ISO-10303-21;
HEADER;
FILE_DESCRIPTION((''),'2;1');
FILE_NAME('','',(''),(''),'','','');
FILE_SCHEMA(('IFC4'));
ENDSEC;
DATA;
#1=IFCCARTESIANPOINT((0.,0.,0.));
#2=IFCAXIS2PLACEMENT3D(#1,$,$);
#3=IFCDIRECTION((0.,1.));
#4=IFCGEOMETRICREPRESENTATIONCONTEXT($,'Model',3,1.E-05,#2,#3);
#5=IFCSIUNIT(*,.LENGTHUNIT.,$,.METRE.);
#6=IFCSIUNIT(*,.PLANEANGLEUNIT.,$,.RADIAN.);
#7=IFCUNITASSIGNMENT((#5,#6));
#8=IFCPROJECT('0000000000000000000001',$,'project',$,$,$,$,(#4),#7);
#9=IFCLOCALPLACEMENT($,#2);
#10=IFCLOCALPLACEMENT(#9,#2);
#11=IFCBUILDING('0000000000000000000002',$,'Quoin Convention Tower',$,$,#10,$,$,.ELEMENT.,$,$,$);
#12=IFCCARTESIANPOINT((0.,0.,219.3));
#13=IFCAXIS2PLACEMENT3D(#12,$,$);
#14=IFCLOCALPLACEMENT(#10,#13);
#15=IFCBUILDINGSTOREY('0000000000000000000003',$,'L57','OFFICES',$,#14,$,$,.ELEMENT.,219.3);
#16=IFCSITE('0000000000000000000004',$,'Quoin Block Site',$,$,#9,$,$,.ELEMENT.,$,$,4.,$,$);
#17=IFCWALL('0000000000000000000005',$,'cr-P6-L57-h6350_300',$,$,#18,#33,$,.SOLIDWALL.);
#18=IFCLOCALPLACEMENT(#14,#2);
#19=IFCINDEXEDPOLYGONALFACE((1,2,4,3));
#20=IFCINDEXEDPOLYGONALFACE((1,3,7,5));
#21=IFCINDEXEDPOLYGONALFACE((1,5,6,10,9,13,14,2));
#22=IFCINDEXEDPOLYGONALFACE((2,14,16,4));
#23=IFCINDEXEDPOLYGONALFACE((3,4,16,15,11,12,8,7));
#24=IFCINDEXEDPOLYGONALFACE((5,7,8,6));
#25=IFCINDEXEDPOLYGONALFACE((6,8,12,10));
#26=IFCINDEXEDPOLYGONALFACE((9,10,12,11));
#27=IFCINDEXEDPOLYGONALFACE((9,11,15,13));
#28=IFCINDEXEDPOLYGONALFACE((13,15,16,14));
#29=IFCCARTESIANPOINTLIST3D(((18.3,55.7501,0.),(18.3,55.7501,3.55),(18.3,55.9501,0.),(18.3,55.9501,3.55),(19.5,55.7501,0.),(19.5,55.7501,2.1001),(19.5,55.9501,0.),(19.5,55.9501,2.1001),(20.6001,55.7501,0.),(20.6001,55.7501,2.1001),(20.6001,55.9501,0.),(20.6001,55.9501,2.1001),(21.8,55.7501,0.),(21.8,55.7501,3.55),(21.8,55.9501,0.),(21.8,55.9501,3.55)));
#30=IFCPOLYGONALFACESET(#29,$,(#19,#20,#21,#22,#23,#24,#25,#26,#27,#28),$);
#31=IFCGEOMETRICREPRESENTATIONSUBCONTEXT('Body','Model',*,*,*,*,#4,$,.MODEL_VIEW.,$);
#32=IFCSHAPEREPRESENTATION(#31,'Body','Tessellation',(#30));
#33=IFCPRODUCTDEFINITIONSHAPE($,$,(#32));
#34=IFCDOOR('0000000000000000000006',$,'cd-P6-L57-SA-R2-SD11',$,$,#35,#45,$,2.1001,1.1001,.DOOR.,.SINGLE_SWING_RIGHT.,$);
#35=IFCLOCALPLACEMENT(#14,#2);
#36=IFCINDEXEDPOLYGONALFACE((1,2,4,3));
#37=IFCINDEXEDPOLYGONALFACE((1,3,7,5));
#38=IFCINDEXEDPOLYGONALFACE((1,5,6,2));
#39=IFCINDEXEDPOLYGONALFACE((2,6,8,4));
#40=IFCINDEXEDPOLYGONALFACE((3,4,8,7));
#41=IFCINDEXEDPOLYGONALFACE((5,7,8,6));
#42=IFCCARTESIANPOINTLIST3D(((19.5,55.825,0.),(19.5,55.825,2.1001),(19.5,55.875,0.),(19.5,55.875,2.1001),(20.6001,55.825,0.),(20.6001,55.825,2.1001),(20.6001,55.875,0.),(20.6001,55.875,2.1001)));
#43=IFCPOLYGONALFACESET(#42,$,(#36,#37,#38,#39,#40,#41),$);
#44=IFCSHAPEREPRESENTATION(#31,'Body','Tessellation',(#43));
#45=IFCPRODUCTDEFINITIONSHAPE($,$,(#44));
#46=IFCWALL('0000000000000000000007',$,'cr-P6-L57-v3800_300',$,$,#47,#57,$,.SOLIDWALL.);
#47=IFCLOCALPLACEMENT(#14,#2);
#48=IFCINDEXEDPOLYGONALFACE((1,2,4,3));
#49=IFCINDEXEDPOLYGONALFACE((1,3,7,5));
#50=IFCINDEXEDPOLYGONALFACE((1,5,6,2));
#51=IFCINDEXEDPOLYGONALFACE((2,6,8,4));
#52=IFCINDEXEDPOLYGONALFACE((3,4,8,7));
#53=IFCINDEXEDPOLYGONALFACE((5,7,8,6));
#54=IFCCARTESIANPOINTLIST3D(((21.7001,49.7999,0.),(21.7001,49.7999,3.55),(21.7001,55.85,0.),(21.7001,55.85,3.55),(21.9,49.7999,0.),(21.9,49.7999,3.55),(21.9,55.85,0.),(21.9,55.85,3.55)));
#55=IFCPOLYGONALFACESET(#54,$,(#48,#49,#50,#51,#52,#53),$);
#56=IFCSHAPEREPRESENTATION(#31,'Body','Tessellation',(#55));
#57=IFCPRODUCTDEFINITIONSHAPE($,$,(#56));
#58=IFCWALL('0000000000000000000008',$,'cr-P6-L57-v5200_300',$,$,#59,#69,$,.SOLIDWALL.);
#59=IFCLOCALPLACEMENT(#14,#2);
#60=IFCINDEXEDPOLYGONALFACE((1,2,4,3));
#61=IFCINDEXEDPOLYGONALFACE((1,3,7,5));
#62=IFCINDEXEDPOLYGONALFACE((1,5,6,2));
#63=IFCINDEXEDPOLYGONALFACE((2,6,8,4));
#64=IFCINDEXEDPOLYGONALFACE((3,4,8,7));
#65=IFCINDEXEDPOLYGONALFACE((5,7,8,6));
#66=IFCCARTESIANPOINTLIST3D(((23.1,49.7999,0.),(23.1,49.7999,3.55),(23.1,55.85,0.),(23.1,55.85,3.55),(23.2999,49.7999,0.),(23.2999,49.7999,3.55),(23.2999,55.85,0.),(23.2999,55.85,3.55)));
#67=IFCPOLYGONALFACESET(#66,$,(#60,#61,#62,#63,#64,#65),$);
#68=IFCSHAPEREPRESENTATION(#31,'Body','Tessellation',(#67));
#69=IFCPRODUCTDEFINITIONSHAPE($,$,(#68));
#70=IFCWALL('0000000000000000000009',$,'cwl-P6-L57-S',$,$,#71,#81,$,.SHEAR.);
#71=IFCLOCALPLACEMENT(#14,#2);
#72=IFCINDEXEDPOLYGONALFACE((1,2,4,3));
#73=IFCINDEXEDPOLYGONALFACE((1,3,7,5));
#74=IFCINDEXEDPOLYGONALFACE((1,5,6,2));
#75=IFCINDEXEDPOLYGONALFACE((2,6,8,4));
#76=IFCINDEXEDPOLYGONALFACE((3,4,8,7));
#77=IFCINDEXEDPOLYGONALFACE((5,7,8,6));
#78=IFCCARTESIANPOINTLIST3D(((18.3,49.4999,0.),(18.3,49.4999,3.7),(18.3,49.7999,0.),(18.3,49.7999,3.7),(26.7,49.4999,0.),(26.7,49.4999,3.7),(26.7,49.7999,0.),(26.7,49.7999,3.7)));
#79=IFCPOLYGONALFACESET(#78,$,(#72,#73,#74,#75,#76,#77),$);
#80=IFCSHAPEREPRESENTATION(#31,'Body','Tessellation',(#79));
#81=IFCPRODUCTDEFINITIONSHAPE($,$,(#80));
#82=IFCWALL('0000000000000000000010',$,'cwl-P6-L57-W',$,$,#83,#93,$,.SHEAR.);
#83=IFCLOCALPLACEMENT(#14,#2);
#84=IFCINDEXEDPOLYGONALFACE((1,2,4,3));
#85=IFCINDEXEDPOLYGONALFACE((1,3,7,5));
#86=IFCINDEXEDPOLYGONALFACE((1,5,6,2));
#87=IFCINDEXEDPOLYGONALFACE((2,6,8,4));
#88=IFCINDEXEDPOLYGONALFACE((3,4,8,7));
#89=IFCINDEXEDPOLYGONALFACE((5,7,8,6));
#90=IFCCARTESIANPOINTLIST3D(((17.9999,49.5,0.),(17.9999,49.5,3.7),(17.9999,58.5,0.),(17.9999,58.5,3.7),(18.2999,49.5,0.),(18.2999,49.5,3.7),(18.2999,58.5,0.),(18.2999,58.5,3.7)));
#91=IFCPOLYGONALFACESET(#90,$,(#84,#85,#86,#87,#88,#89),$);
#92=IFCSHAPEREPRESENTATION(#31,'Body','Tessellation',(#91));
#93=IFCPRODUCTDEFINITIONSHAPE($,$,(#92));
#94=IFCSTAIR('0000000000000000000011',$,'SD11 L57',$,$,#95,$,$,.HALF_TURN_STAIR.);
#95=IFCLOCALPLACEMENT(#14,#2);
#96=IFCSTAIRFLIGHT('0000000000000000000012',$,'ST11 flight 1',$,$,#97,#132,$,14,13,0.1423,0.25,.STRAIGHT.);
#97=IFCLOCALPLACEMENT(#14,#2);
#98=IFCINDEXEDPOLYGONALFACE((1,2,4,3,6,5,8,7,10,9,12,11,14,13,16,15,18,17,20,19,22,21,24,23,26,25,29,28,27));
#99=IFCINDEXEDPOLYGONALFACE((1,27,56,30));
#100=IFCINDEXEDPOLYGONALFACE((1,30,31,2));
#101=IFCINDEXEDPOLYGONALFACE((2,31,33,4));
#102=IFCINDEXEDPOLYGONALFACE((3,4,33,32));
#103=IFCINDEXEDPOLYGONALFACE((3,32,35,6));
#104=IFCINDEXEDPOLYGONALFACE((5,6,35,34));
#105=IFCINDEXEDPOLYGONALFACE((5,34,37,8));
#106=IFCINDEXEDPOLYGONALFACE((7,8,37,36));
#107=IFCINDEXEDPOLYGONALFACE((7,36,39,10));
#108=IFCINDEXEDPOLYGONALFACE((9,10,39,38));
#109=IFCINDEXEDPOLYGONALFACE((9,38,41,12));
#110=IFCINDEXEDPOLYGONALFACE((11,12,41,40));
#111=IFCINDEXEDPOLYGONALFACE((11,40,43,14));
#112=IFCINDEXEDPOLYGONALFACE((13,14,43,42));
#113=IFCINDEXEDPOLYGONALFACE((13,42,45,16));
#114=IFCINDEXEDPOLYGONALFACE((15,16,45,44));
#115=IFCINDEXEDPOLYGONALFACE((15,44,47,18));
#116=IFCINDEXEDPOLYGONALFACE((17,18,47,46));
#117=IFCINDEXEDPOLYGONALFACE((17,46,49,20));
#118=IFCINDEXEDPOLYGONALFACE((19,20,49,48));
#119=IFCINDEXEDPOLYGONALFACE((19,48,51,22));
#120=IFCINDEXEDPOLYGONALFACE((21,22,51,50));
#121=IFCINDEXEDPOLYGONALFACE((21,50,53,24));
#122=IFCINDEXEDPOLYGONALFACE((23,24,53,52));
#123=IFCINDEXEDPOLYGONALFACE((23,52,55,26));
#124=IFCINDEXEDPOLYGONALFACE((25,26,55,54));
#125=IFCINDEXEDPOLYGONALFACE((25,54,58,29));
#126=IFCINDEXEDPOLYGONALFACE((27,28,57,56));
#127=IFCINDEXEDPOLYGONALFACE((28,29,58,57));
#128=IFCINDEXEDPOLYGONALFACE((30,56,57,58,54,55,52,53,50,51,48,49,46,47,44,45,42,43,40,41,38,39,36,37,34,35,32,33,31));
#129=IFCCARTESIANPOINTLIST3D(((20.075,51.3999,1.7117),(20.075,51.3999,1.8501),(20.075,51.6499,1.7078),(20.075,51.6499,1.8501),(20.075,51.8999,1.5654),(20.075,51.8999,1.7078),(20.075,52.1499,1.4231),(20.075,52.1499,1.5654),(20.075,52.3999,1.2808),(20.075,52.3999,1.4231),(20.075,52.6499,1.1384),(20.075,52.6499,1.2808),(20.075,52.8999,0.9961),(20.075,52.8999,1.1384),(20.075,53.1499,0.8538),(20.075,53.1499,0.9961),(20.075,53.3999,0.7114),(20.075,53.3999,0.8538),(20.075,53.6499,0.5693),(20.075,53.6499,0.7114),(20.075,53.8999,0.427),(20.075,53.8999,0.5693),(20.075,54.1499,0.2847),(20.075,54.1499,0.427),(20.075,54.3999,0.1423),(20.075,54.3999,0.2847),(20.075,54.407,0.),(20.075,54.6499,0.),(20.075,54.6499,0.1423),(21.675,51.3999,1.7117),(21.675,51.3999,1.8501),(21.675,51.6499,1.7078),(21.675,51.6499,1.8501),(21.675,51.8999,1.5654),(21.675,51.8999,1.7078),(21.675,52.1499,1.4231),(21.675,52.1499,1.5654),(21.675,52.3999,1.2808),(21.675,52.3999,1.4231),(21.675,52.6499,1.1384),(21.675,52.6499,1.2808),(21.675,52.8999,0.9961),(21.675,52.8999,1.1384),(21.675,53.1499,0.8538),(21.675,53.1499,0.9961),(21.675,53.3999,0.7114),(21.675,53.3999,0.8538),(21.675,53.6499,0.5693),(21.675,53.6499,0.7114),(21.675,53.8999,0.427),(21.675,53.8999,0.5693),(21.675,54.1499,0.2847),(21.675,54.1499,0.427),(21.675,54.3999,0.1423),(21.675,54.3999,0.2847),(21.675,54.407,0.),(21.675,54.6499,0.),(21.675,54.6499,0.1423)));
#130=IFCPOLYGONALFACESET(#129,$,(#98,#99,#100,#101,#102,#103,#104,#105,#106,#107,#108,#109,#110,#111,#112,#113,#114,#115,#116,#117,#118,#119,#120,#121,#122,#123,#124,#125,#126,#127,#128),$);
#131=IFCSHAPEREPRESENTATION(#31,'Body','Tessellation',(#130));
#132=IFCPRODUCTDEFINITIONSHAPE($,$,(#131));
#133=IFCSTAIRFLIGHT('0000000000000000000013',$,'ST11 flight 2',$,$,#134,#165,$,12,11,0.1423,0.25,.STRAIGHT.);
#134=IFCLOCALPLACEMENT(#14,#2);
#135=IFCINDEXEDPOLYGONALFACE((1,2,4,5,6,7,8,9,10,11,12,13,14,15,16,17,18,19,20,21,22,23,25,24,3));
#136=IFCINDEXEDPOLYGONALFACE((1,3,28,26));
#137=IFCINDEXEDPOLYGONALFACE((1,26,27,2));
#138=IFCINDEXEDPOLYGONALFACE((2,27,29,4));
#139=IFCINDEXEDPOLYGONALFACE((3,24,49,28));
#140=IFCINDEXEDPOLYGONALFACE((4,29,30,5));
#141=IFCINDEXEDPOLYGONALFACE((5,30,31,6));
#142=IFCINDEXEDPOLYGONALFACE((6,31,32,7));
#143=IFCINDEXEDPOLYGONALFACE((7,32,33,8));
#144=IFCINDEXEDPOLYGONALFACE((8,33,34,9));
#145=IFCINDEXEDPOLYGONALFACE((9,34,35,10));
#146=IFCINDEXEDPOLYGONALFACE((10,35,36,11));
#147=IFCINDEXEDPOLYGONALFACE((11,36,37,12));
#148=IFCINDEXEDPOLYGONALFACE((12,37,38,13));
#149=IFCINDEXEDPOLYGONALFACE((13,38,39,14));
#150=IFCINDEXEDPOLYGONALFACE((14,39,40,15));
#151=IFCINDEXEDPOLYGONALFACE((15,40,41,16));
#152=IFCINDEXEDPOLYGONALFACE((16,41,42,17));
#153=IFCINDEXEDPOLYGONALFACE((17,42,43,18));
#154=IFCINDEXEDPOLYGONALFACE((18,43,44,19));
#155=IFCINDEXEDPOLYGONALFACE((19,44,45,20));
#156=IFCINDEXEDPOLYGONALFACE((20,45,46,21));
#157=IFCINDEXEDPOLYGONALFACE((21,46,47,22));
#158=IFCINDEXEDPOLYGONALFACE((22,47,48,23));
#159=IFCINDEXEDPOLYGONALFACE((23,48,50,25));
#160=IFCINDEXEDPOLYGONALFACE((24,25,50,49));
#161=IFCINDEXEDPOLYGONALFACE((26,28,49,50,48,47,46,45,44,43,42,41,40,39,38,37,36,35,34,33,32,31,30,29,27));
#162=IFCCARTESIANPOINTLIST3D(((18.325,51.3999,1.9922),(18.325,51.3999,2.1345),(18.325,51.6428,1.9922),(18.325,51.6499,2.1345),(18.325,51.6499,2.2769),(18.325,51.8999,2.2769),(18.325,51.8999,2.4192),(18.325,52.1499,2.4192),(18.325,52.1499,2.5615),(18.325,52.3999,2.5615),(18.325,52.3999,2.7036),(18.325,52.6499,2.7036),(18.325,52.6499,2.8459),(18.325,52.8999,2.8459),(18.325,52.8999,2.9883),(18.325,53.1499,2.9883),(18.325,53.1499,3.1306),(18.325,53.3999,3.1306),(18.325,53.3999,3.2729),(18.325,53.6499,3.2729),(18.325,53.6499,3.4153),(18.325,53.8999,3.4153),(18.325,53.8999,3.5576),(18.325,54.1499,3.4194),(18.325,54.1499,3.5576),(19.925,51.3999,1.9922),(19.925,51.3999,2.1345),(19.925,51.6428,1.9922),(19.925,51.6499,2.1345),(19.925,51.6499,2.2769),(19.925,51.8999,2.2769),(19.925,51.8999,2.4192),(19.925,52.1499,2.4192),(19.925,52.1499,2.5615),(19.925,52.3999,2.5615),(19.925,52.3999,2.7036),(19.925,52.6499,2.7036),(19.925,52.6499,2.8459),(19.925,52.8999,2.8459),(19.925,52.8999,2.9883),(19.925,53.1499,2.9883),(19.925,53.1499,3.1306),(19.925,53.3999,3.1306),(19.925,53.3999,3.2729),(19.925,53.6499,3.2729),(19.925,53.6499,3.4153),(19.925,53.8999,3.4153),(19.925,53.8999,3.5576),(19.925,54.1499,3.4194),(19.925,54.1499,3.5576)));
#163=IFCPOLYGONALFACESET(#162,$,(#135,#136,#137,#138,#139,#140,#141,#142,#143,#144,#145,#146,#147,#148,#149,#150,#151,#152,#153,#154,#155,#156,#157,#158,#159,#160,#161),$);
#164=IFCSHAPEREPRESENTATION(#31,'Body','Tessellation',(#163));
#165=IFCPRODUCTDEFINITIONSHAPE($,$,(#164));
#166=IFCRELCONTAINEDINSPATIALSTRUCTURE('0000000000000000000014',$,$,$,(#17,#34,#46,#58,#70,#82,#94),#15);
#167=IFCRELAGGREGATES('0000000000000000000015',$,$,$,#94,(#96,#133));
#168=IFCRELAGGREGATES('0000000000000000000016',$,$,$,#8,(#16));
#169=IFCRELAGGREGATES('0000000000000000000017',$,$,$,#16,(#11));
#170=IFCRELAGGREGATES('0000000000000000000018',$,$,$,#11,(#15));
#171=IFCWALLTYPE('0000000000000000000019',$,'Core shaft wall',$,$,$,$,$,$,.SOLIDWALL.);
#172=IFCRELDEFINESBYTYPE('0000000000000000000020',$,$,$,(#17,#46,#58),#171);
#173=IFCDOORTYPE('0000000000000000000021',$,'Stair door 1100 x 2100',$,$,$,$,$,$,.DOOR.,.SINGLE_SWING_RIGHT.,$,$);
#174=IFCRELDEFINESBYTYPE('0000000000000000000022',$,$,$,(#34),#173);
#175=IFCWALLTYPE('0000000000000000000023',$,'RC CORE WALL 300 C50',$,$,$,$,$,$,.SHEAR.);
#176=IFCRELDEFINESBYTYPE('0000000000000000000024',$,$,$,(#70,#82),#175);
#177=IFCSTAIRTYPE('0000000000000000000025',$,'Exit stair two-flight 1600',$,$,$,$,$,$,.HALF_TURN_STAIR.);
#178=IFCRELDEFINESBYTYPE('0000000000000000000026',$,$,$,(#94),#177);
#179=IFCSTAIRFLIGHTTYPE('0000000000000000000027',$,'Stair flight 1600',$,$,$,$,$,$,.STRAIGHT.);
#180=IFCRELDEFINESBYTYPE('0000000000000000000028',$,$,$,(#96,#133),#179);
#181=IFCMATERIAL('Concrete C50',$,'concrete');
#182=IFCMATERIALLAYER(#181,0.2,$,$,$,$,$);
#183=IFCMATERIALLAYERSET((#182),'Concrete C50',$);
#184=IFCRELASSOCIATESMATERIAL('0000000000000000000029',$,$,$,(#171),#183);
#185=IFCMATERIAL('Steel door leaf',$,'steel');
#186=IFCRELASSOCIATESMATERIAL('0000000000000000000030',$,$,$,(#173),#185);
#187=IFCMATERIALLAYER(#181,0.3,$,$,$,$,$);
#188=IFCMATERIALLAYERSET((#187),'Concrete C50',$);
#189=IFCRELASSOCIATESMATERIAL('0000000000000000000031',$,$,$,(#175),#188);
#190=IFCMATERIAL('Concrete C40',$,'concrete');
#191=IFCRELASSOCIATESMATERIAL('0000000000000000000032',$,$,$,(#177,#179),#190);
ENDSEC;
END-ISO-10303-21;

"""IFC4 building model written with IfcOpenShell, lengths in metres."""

from ifc_helpers import new_model, si_unit, direction, frame, frame_2d, origin, place, context, subcontext, project, spatial, polyline, rectangle, outline, extrude, material, layer, layer_set, type_object, element, fill, aggregate, save


model = new_model("IFC4")

# Units and contexts
model_context = context("Model", 3, precision=1e-05, world=origin(), true_north=direction((0.0, 1.0)))
body_context = subcontext(model_context, "Body", "Model", "MODEL_VIEW")
ifc_project = project(units=[si_unit("LENGTHUNIT", "METRE"), si_unit("PLANEANGLEUNIT", "RADIAN")], contexts=[model_context])

# Site, building, storey
site_placement = place(None, origin())
site = spatial("IfcSite", under=ifc_project, at=site_placement, Name="Quoin Block Site", CompositionType="ELEMENT", RefElevation=4.0)
building_placement = place(site_placement, origin())
building = spatial("IfcBuilding", under=site, at=building_placement, Name="Quoin Convention Tower", CompositionType="ELEMENT")
storey_placement = place(building_placement, frame((0.0, 0.0, 219.3)))
storey = spatial("IfcBuildingStorey", under=building, at=storey_placement, Name="L57", Description="OFFICES", CompositionType="ELEMENT", Elevation=219.3)

# Shared definitions
ifc_material_1 = material(Name="Concrete C50", Category="concrete")

# Shared definitions
ifc_layer_1 = layer(ifc_material_1, 0.2)
ifc_layer_set_1 = layer_set([ifc_layer_1], Name="Concrete C50")
wall_type_1 = type_object("IfcWallType", Name="Core shaft wall", PredefinedType="SOLIDWALL", material=ifc_layer_set_1)

# Wall, opening, door
wall_1_placement = place(storey_placement, frame((18.3, 55.8501, 0.0), z_axis=(0.0, 0.0, 1.0), x_axis=(1.0, 0.0, 0.0)))
wall_1 = element("IfcWall", 1, at=wall_1_placement, inside=storey, type_object=wall_type_1, Name="cr-P6-L57-h6350_300", PredefinedType="SOLIDWALL", context=body_context, shape_type="SweptSolid", body=[
    extrude(rectangle(XDim=3.5, YDim=0.2, at=frame_2d((1.75, 0.0))), origin(), (0.0, 0.0, 1.0), 3.55),
])
opening_placement = place(wall_1_placement, frame((1.2, 0.0, 0.0)))
opening = element("IfcOpeningElement", 2, at=opening_placement, cuts=wall_1, PredefinedType="OPENING", context=body_context, shape_type="SweptSolid", body=[
    extrude(rectangle(XDim=1.1001, YDim=2.1001, at=frame_2d((0.55, 1.05))), frame((0.0, 0.1099, 0.0), z_axis=(0.0, -1.0, 0.0), x_axis=(1.0, 0.0, 0.0)), (0.0, 0.0, 1.0), 0.22),
])
ifc_material_2 = material(Name="Steel door leaf", Category="steel")
door_type = type_object("IfcDoorType", Name="Stair door 1100 x 2100", OperationType="SINGLE_SWING_RIGHT", PredefinedType="DOOR", material=ifc_material_2)
door_placement = place(opening_placement, origin())
door = element("IfcDoor", 3, at=door_placement, inside=storey, type_object=door_type, Name="cd-P6-L57-SA-R2-SD11", OperationType="SINGLE_SWING_RIGHT", OverallHeight=2.1001, OverallWidth=1.1001, PredefinedType="DOOR", context=body_context, shape_type="SweptSolid", body=[
    extrude(rectangle(XDim=1.1001, YDim=2.1001, at=frame_2d((0.55, 1.05))), frame((0.0, 0.0249, 0.0), z_axis=(0.0, -1.0, 0.0), x_axis=(1.0, 0.0, 0.0)), (0.0, 0.0, 1.0), 0.05),
])
fill(opening, door)

# Walls
for number, where, z_axis, x_axis, name in (
    (4, (21.8, 49.8, 0.0), (0.0, 0.0, 1.0), (0.0, 1.0, 0.0), "cr-P6-L57-v3800_300"),
    (5, (23.2, 49.8, 0.0), (0.0, 0.0, 1.0), (0.0, 1.0, 0.0), "cr-P6-L57-v5200_300"),
):
    element("IfcWall", number, at=place(storey_placement, frame(where, z_axis=z_axis, x_axis=x_axis)), inside=storey, type_object=wall_type_1, Name=name, PredefinedType="SOLIDWALL", context=body_context, shape_type="SweptSolid", body=[
        extrude(rectangle(XDim=6.05, YDim=0.2, at=frame_2d((3.0249, 0.0))), origin(), (0.0, 0.0, 1.0), 3.55),
    ])
ifc_layer_2 = layer(ifc_material_1, 0.3)
ifc_layer_set_2 = layer_set([ifc_layer_2], Name="Concrete C50")
wall_type_2 = type_object("IfcWallType", Name="RC CORE WALL 300 C50", PredefinedType="SHEAR", material=ifc_layer_set_2)
wall_2_placement = place(storey_placement, frame((18.3, 49.6499, 0.0), z_axis=(0.0, 0.0, 1.0), x_axis=(1.0, 0.0, 0.0)))
element("IfcWall", 6, at=wall_2_placement, inside=storey, type_object=wall_type_2, Name="cwl-P6-L57-S", PredefinedType="SHEAR", context=body_context, shape_type="SweptSolid", body=[
    extrude(rectangle(XDim=8.3999, YDim=0.3, at=frame_2d((4.2, 0.0))), origin(), (0.0, 0.0, 1.0), 3.7),
])
wall_3_placement = place(storey_placement, frame((18.1499, 49.5, 0.0), z_axis=(0.0, 0.0, 1.0), x_axis=(0.0, 1.0, 0.0)))
element("IfcWall", 7, at=wall_3_placement, inside=storey, type_object=wall_type_2, Name="cwl-P6-L57-W", PredefinedType="SHEAR", context=body_context, shape_type="SweptSolid", body=[
    extrude(rectangle(XDim=9.0, YDim=0.3, at=frame_2d((4.5, 0.0))), origin(), (0.0, 0.0, 1.0), 3.7),
])

# Stair, stair flights
ifc_material_3 = material(Name="Concrete C40", Category="concrete")
stair_type = type_object("IfcStairType", Name="Exit stair two-flight 1600", PredefinedType="HALF_TURN_STAIR", material=ifc_material_3)
stair_1_placement = place(storey_placement, origin())
stair_1 = element("IfcStair", 8, at=stair_1_placement, inside=storey, type_object=stair_type, Name="SD11 L57", PredefinedType="HALF_TURN_STAIR")
stair_flight_type = type_object("IfcStairFlightType", Name="Stair flight 1600", PredefinedType="STRAIGHT", material=ifc_material_3)
stair_flight_1_placement = place(storey_placement, frame((20.875, 54.6499, 0.0), z_axis=(0.0, 0.0, 1.0), x_axis=(0.0, -1.0, 0.0)))
stair_flight_1 = element("IfcStairFlight", 9, at=stair_flight_1_placement, type_object=stair_flight_type, Name="ST11 flight 1", NumberOfRisers=14, NumberOfTreads=13, PredefinedType="STRAIGHT", RiserHeight=0.1423, TreadLength=0.25, context=body_context, shape_type="SweptSolid", body=[
    extrude(outline(polyline([(0.0, 0.0), (0.0, 0.1423), (0.25, 0.1423), (0.25, 0.2847), (0.5, 0.2847), (0.5, 0.427), (0.75, 0.427), (0.75, 0.5693), (1.0, 0.5693), (1.0, 0.7114), (1.25, 0.7114), (1.25, 0.8538), (1.5, 0.8538), (1.5, 0.9961), (1.75, 0.9961), (1.75, 1.1384), (2.0, 1.1384), (2.0, 1.2808), (2.25, 1.2808), (2.25, 1.4231), (2.5, 1.4231), (2.5, 1.5654), (2.75, 1.5654), (2.75, 1.7078), (3.0, 1.7078), (3.0, 1.8501), (3.25, 1.8501), (3.25, 1.9922), (3.25, 1.7117), (0.2429, 0.0), (0.0, 0.0)])), frame((0.0, 0.8, 0.0), z_axis=(0.0, -1.0, 0.0), x_axis=(1.0, 0.0, 0.0)), (0.0, 0.0, 1.0), 1.6001),
])
stair_flight_2_placement = place(storey_placement, frame((19.125, 51.3999, 1.9922), z_axis=(0.0, 0.0, 1.0), x_axis=(0.0, 1.0, 0.0)))
stair_flight_2 = element("IfcStairFlight", 10, at=stair_flight_2_placement, type_object=stair_flight_type, Name="ST11 flight 2", NumberOfRisers=12, NumberOfTreads=11, PredefinedType="STRAIGHT", RiserHeight=0.1423, TreadLength=0.25, context=body_context, shape_type="SweptSolid", body=[
    extrude(outline(polyline([(0.0, 0.0), (0.0, 0.1423), (0.25, 0.1423), (0.25, 0.2847), (0.5, 0.2847), (0.5, 0.427), (0.75, 0.427), (0.75, 0.5693), (1.0, 0.5693), (1.0, 0.7114), (1.25, 0.7114), (1.25, 0.8538), (1.5, 0.8538), (1.5, 0.9961), (1.75, 0.9961), (1.75, 1.1384), (2.0, 1.1384), (2.0, 1.2808), (2.25, 1.2808), (2.25, 1.4231), (2.5, 1.4231), (2.5, 1.5654), (2.75, 1.5654), (2.75, 1.7078), (2.75, 1.4272), (0.2429, 0.0), (0.0, 0.0)])), frame((0.0, 0.8, 0.0), z_axis=(0.0, -1.0, 0.0), x_axis=(1.0, 0.0, 0.0)), (0.0, 0.0, 1.0), 1.6001),
])
aggregate(stair_1, [stair_flight_1, stair_flight_2])

save(model, "model.ifc")
